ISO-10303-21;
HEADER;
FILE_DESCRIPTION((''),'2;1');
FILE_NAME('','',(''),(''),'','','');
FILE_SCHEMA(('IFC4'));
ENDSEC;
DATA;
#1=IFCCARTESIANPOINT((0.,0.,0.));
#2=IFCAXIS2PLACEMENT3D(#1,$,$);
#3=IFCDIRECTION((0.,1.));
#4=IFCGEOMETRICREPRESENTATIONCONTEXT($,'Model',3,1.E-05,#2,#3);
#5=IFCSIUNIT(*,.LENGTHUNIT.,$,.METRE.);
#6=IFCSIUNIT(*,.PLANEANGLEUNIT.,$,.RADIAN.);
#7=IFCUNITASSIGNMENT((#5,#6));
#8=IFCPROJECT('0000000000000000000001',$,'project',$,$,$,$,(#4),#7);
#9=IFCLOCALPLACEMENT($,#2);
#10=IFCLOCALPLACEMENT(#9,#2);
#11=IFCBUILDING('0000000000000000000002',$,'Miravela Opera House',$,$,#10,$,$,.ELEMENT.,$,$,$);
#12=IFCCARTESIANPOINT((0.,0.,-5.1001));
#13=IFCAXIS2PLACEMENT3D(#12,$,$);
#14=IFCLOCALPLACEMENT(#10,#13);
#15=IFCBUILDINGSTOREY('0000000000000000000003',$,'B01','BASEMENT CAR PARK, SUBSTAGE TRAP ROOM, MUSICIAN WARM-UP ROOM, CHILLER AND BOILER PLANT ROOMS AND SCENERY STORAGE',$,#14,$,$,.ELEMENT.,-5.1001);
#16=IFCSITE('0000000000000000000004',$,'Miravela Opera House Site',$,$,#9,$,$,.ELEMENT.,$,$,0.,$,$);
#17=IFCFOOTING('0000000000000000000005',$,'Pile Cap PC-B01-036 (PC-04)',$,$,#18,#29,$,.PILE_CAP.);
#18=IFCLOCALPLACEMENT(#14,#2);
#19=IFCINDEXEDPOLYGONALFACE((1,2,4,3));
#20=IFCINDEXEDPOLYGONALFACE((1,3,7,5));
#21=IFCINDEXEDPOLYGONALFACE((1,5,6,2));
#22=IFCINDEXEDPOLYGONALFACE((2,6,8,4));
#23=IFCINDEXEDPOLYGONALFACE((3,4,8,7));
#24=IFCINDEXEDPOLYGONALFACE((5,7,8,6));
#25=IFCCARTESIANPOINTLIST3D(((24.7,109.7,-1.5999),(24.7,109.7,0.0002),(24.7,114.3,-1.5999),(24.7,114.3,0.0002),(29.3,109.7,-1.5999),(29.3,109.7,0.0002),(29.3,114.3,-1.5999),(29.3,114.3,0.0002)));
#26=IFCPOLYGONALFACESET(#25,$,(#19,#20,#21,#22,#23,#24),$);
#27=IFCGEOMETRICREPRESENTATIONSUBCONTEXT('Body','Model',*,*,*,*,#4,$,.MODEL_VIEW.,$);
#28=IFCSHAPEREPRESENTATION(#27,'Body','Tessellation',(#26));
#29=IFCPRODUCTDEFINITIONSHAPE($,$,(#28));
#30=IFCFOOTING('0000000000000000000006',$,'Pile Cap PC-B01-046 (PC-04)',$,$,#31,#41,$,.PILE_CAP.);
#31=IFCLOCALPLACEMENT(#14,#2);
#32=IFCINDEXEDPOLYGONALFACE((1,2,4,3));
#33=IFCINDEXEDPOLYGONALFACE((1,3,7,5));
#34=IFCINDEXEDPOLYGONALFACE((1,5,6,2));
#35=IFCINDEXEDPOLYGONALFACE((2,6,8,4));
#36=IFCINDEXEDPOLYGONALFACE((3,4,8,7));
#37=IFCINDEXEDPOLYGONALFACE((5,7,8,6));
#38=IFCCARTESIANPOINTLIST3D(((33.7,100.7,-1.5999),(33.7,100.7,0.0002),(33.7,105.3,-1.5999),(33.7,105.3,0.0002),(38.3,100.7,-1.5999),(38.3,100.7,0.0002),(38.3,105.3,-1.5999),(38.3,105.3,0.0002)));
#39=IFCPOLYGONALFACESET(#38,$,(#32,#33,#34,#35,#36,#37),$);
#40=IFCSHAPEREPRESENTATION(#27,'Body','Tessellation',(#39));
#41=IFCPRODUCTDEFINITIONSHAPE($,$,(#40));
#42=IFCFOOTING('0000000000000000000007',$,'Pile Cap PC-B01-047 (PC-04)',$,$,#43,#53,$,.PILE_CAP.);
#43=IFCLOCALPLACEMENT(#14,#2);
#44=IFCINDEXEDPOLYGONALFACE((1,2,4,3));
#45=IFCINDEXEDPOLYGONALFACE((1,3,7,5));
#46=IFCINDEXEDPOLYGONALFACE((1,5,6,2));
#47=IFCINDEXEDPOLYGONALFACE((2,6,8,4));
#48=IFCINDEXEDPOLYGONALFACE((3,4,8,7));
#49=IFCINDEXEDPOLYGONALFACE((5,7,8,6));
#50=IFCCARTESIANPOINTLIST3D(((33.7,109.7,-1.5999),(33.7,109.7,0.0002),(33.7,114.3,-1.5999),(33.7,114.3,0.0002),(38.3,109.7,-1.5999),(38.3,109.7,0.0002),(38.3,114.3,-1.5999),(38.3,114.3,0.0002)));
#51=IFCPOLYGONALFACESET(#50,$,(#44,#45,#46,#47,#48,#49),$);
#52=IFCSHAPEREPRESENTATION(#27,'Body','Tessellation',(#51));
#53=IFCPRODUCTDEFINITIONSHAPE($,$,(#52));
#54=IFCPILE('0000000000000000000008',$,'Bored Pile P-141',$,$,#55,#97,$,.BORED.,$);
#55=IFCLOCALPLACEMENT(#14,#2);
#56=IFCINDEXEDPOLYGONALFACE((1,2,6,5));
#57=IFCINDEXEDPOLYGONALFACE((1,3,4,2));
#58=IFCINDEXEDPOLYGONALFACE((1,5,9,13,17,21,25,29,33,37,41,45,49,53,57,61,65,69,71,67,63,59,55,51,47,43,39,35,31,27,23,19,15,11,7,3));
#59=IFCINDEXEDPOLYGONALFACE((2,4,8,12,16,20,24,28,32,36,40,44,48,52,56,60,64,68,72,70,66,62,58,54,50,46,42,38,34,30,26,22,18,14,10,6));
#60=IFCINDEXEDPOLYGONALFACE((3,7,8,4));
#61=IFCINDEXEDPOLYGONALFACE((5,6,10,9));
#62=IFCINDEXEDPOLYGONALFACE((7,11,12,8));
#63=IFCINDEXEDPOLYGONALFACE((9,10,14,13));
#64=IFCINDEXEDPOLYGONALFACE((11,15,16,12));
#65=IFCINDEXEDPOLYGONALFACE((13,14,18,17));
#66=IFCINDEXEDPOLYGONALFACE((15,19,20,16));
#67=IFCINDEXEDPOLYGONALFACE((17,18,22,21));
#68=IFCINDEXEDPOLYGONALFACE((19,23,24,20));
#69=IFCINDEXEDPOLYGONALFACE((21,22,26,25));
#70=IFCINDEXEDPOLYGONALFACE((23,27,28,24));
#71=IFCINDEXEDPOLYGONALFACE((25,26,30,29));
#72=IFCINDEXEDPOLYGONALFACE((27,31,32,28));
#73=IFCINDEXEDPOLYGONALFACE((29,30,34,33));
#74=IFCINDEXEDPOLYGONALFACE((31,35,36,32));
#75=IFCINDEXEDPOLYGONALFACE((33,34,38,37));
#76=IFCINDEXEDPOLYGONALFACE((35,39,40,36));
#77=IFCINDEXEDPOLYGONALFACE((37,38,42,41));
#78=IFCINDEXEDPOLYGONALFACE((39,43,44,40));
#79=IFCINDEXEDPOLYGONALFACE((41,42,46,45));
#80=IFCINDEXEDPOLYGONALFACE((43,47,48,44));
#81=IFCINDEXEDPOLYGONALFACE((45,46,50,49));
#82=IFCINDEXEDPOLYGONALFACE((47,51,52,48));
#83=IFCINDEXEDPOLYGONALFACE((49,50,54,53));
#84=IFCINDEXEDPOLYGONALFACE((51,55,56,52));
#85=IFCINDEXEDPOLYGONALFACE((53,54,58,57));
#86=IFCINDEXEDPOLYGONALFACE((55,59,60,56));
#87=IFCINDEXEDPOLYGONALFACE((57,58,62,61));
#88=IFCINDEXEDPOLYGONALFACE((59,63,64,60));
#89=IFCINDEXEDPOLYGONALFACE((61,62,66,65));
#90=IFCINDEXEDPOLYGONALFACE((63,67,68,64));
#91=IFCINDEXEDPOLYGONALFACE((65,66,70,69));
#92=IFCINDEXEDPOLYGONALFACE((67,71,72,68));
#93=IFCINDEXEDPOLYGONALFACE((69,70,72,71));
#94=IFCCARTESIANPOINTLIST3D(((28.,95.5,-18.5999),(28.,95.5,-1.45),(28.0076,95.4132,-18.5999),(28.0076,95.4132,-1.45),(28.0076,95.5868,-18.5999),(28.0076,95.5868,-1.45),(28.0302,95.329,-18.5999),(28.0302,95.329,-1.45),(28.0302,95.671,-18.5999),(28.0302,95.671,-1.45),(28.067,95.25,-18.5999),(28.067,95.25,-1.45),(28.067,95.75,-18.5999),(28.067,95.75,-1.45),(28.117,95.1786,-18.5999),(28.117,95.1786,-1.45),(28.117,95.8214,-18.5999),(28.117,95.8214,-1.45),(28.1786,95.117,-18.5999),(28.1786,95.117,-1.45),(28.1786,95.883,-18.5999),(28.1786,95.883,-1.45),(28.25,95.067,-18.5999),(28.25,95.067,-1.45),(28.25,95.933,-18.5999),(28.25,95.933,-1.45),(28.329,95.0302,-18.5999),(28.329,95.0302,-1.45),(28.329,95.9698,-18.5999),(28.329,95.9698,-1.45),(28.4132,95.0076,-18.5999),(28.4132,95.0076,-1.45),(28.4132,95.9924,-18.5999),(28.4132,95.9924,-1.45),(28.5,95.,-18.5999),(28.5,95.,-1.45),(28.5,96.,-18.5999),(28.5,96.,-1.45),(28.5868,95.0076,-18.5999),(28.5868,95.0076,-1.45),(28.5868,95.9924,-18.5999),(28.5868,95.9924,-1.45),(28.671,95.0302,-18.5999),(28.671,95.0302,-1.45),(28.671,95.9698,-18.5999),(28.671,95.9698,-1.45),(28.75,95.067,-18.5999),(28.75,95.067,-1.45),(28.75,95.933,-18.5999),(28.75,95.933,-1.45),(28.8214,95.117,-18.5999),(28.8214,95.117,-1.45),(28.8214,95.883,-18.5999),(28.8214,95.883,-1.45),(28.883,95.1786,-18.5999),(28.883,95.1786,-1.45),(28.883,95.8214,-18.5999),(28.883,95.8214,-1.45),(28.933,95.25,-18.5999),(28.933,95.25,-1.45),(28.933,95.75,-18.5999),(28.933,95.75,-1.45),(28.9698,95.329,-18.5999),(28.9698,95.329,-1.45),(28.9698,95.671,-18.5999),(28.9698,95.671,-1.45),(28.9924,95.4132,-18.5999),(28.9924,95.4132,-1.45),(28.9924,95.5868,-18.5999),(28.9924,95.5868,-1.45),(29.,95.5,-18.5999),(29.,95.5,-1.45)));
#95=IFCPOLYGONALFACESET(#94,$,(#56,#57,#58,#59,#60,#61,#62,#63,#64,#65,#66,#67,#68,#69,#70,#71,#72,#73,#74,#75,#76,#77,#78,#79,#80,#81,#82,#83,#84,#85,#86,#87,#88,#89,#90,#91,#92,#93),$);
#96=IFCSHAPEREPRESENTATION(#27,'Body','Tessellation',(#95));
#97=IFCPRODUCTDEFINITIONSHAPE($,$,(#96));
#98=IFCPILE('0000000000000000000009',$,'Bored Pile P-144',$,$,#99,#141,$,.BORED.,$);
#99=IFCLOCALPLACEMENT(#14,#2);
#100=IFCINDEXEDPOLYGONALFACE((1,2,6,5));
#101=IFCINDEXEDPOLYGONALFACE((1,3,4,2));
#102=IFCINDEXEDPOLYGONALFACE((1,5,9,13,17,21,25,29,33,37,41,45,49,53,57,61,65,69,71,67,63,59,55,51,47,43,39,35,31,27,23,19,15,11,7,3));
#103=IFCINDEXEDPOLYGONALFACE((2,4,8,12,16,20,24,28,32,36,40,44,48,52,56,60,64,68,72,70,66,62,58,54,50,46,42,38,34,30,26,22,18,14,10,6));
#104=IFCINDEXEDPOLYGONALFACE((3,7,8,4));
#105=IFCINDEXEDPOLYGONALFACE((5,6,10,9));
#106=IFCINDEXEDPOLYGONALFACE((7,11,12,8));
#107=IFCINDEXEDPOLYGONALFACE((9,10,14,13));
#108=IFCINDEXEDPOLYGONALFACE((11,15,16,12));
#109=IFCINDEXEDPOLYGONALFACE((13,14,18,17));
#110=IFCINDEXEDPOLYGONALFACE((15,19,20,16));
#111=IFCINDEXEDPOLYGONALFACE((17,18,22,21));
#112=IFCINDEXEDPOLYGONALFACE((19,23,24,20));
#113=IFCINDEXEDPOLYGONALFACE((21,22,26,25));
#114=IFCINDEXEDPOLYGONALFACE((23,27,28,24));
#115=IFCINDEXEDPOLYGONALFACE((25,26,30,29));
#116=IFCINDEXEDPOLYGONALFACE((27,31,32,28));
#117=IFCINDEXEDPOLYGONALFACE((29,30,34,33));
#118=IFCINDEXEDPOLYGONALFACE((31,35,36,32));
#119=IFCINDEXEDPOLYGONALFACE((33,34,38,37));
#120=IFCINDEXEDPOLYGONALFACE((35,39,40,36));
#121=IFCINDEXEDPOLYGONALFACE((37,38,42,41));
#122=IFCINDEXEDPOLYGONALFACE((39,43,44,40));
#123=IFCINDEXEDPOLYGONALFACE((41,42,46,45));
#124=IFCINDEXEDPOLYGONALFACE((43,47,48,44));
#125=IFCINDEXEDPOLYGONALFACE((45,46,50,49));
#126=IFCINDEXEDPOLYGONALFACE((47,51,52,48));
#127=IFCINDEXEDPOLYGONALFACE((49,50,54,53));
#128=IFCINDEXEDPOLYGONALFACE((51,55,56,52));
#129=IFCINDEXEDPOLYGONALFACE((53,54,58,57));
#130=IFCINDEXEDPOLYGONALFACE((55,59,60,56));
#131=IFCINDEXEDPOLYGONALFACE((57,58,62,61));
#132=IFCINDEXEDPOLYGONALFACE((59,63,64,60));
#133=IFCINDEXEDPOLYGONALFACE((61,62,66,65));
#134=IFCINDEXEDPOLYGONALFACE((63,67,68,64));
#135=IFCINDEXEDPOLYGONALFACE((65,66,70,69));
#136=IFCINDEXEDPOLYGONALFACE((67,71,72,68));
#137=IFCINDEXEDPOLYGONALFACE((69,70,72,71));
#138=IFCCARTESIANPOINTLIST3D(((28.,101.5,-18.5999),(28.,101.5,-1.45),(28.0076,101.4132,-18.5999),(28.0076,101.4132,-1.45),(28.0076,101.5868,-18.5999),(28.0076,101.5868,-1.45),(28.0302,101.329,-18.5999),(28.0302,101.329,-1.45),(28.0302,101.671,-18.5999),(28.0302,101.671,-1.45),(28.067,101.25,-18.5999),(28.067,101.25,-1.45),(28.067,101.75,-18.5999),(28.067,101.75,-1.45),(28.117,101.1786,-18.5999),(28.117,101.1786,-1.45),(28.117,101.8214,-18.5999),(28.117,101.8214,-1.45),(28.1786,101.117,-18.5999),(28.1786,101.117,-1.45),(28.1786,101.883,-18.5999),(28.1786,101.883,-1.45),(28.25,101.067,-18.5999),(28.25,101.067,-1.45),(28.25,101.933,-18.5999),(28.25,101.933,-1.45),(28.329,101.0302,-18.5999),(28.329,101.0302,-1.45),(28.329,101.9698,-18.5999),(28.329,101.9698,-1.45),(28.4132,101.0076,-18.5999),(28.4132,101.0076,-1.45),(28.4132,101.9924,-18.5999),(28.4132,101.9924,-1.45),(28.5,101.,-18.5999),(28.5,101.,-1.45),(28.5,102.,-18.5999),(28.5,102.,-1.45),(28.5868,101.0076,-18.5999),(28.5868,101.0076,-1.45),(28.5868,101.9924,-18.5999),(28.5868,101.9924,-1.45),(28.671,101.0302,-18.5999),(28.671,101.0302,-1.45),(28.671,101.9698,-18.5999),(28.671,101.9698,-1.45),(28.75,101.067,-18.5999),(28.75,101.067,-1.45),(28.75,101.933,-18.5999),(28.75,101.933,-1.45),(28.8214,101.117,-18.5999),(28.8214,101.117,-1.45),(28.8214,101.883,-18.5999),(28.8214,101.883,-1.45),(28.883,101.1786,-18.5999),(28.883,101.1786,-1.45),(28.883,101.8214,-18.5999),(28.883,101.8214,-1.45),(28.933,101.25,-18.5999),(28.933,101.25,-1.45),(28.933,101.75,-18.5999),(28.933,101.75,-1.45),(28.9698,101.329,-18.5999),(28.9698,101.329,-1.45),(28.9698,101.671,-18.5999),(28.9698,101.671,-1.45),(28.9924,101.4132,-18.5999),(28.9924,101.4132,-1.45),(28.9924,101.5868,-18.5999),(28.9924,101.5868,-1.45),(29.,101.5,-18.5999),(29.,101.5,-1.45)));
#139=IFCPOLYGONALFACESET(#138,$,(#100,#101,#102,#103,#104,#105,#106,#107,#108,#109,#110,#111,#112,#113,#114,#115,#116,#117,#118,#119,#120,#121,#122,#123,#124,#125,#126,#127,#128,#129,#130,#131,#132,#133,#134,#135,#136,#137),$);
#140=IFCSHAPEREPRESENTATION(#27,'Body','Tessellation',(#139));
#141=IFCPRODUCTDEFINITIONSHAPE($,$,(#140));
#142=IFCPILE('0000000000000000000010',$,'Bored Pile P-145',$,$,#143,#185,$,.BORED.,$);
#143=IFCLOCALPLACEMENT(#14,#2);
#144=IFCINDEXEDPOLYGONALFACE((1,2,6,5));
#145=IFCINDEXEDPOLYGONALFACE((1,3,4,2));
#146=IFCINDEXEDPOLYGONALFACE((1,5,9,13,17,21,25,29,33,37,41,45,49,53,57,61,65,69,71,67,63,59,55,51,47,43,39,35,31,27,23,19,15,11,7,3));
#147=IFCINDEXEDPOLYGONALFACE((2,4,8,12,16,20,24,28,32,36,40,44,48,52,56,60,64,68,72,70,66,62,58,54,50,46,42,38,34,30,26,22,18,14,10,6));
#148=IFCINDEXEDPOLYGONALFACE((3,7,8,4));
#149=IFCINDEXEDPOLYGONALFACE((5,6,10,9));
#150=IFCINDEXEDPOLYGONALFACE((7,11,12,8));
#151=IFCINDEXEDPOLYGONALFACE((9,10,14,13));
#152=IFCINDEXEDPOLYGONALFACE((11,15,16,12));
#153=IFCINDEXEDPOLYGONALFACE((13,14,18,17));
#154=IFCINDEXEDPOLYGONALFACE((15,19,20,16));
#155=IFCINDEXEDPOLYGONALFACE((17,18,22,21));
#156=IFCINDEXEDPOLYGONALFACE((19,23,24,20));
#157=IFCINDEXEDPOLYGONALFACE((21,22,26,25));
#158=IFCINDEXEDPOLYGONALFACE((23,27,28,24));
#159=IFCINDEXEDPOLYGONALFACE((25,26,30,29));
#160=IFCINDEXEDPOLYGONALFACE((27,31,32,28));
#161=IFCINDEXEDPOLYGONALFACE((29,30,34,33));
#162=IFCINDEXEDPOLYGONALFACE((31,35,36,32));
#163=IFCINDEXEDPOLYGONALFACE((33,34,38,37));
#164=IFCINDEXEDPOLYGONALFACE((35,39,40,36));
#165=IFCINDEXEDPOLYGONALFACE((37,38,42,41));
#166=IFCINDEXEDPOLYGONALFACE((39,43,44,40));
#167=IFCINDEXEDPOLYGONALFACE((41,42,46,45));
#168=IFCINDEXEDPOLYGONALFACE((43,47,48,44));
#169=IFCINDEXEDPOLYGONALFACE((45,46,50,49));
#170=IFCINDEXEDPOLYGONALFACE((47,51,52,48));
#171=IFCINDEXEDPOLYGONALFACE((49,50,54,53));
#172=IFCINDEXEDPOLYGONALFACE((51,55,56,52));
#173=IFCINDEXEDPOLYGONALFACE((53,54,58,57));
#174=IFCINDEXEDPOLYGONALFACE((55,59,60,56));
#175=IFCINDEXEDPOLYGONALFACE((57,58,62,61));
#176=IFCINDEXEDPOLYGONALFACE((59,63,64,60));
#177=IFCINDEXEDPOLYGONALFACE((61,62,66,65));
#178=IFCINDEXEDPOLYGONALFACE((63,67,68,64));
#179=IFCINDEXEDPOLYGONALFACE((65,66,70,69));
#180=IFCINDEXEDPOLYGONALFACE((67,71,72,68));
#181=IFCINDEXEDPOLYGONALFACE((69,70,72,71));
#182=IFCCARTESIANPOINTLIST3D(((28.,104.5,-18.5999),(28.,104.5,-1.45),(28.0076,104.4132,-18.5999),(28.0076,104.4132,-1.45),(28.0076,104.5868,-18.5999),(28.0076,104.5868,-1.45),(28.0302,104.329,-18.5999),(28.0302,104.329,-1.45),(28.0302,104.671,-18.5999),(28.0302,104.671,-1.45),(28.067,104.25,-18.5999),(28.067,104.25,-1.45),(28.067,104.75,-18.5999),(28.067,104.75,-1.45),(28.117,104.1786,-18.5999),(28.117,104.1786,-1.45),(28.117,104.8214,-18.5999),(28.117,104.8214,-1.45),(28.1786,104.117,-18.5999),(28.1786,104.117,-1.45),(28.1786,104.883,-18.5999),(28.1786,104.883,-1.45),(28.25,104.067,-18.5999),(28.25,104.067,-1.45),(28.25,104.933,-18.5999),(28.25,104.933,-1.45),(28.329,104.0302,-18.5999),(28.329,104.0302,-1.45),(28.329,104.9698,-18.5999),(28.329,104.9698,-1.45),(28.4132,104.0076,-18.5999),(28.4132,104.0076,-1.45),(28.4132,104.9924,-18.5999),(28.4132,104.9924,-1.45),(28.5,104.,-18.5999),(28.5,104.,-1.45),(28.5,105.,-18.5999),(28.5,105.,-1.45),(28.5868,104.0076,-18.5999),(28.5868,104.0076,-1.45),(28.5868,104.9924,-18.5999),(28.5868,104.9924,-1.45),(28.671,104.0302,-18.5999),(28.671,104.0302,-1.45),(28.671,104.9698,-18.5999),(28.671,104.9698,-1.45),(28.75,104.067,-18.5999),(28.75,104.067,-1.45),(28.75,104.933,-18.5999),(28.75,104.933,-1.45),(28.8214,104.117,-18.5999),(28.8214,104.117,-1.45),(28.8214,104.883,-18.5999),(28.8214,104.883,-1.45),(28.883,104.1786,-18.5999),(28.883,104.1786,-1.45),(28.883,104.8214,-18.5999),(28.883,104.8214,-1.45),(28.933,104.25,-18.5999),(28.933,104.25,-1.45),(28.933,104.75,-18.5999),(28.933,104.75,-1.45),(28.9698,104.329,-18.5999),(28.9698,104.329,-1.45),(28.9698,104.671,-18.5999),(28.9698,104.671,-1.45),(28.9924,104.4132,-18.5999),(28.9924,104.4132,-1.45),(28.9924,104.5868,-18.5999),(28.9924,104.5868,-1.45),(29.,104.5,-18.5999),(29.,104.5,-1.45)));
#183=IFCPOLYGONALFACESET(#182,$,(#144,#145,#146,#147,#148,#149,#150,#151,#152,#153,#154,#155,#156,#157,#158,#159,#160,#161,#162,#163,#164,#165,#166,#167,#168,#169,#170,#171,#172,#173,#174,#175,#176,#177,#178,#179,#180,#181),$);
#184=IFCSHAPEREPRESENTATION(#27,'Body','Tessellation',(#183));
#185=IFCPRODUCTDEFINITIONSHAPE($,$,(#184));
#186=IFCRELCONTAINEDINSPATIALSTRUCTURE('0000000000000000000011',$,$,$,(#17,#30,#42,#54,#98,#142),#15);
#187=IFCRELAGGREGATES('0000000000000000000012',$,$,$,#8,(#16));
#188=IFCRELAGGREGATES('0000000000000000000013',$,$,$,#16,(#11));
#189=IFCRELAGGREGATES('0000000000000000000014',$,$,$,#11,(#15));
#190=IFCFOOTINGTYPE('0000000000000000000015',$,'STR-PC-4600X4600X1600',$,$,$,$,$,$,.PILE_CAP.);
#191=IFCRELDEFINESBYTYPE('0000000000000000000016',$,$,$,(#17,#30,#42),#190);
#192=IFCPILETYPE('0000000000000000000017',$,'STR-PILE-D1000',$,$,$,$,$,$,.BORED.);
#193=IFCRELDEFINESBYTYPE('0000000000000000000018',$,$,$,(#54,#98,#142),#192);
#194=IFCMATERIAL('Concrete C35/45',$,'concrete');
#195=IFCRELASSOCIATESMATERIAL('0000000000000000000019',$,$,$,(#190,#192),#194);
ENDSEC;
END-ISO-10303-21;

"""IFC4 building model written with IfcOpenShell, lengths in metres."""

from ifc_helpers import new_model, si_unit, direction, frame, origin, origin_2d, place, context, subcontext, project, spatial, rectangle, circle, extrude, material, material_profile, profile_set, type_object, element, save


model = new_model("IFC4")

# Units and contexts
model_context = context("Model", 3, precision=1e-05, world=origin(), true_north=direction((0.0, 1.0)))
body_context = subcontext(model_context, "Body", "Model", "MODEL_VIEW")
ifc_project = project(units=[si_unit("LENGTHUNIT", "METRE"), si_unit("PLANEANGLEUNIT", "RADIAN")], contexts=[model_context])

# Site, building, storey
site_placement = place(None, origin())
site = spatial("IfcSite", under=ifc_project, at=site_placement, Name="Miravela Opera House Site", CompositionType="ELEMENT", RefElevation=0.0)
building_placement = place(site_placement, origin())
building = spatial("IfcBuilding", under=site, at=building_placement, Name="Miravela Opera House", CompositionType="ELEMENT")
storey_placement = place(building_placement, frame((0.0, 0.0, -5.1001)))
storey = spatial("IfcBuildingStorey", under=building, at=storey_placement, Name="B01", Description="BASEMENT CAR PARK, SUBSTAGE TRAP ROOM, MUSICIAN WARM-UP ROOM, CHILLER AND BOILER PLANT ROOMS AND SCENERY STORAGE", CompositionType="ELEMENT", Elevation=-5.1001)

# Footings
ifc_material_1 = material(Name="Concrete C35/45", Category="concrete")
footing_type = type_object("IfcFootingType", Name="STR-PC-4600X4600X1600", PredefinedType="PILE_CAP", material=ifc_material_1)
for number, where, z_axis, x_axis, name in (
    (1, (27.0, 112.0, -1.5999), (0.0, 0.0, 1.0), (1.0, 0.0, 0.0), "Pile Cap PC-B01-036 (PC-04)"),
    (2, (36.0, 103.0, -1.5999), (0.0, 0.0, 1.0), (1.0, 0.0, 0.0), "Pile Cap PC-B01-046 (PC-04)"),
    (3, (36.0, 112.0, -1.5999), (0.0, 0.0, 1.0), (1.0, 0.0, 0.0), "Pile Cap PC-B01-047 (PC-04)"),
):
    element("IfcFooting", number, at=place(storey_placement, frame(where, z_axis=z_axis, x_axis=x_axis)), inside=storey, type_object=footing_type, Name=name, PredefinedType="PILE_CAP", context=body_context, shape_type="SweptSolid", body=[
        extrude(rectangle(XDim=4.6001, YDim=4.6001, at=origin_2d()), origin(), (0.0, 0.0, 1.0), 1.6001),
    ])

# Piles
ifc_material_profile_1 = material_profile(ifc_material_1, circle(Radius=0.5, at=origin_2d()), Name="PILE-D1000")
ifc_profile_set_1 = profile_set([ifc_material_profile_1])
pile_type = type_object("IfcPileType", Name="STR-PILE-D1000", PredefinedType="BORED", material=ifc_profile_set_1)
for number, where, z_axis, x_axis, name in (
    (4, (28.5, 95.5, -1.45), (0.0, 0.0, -1.0), (1.0, 0.0, 0.0), "Bored Pile P-141"),
    (5, (28.5, 101.5, -1.45), (0.0, 0.0, -1.0), (1.0, 0.0, 0.0), "Bored Pile P-144"),
    (6, (28.5, 104.5, -1.45), (0.0, 0.0, -1.0), (1.0, 0.0, 0.0), "Bored Pile P-145"),
):
    element("IfcPile", number, at=place(storey_placement, frame(where, z_axis=z_axis, x_axis=x_axis)), inside=storey, type_object=pile_type, Name=name, PredefinedType="BORED", context=body_context, shape_type="SweptSolid", body=[
        extrude(circle(Radius=0.5, at=origin_2d()), origin(), (0.0, 0.0, 1.0), 17.1499),
    ])

save(model, "model.ifc")
